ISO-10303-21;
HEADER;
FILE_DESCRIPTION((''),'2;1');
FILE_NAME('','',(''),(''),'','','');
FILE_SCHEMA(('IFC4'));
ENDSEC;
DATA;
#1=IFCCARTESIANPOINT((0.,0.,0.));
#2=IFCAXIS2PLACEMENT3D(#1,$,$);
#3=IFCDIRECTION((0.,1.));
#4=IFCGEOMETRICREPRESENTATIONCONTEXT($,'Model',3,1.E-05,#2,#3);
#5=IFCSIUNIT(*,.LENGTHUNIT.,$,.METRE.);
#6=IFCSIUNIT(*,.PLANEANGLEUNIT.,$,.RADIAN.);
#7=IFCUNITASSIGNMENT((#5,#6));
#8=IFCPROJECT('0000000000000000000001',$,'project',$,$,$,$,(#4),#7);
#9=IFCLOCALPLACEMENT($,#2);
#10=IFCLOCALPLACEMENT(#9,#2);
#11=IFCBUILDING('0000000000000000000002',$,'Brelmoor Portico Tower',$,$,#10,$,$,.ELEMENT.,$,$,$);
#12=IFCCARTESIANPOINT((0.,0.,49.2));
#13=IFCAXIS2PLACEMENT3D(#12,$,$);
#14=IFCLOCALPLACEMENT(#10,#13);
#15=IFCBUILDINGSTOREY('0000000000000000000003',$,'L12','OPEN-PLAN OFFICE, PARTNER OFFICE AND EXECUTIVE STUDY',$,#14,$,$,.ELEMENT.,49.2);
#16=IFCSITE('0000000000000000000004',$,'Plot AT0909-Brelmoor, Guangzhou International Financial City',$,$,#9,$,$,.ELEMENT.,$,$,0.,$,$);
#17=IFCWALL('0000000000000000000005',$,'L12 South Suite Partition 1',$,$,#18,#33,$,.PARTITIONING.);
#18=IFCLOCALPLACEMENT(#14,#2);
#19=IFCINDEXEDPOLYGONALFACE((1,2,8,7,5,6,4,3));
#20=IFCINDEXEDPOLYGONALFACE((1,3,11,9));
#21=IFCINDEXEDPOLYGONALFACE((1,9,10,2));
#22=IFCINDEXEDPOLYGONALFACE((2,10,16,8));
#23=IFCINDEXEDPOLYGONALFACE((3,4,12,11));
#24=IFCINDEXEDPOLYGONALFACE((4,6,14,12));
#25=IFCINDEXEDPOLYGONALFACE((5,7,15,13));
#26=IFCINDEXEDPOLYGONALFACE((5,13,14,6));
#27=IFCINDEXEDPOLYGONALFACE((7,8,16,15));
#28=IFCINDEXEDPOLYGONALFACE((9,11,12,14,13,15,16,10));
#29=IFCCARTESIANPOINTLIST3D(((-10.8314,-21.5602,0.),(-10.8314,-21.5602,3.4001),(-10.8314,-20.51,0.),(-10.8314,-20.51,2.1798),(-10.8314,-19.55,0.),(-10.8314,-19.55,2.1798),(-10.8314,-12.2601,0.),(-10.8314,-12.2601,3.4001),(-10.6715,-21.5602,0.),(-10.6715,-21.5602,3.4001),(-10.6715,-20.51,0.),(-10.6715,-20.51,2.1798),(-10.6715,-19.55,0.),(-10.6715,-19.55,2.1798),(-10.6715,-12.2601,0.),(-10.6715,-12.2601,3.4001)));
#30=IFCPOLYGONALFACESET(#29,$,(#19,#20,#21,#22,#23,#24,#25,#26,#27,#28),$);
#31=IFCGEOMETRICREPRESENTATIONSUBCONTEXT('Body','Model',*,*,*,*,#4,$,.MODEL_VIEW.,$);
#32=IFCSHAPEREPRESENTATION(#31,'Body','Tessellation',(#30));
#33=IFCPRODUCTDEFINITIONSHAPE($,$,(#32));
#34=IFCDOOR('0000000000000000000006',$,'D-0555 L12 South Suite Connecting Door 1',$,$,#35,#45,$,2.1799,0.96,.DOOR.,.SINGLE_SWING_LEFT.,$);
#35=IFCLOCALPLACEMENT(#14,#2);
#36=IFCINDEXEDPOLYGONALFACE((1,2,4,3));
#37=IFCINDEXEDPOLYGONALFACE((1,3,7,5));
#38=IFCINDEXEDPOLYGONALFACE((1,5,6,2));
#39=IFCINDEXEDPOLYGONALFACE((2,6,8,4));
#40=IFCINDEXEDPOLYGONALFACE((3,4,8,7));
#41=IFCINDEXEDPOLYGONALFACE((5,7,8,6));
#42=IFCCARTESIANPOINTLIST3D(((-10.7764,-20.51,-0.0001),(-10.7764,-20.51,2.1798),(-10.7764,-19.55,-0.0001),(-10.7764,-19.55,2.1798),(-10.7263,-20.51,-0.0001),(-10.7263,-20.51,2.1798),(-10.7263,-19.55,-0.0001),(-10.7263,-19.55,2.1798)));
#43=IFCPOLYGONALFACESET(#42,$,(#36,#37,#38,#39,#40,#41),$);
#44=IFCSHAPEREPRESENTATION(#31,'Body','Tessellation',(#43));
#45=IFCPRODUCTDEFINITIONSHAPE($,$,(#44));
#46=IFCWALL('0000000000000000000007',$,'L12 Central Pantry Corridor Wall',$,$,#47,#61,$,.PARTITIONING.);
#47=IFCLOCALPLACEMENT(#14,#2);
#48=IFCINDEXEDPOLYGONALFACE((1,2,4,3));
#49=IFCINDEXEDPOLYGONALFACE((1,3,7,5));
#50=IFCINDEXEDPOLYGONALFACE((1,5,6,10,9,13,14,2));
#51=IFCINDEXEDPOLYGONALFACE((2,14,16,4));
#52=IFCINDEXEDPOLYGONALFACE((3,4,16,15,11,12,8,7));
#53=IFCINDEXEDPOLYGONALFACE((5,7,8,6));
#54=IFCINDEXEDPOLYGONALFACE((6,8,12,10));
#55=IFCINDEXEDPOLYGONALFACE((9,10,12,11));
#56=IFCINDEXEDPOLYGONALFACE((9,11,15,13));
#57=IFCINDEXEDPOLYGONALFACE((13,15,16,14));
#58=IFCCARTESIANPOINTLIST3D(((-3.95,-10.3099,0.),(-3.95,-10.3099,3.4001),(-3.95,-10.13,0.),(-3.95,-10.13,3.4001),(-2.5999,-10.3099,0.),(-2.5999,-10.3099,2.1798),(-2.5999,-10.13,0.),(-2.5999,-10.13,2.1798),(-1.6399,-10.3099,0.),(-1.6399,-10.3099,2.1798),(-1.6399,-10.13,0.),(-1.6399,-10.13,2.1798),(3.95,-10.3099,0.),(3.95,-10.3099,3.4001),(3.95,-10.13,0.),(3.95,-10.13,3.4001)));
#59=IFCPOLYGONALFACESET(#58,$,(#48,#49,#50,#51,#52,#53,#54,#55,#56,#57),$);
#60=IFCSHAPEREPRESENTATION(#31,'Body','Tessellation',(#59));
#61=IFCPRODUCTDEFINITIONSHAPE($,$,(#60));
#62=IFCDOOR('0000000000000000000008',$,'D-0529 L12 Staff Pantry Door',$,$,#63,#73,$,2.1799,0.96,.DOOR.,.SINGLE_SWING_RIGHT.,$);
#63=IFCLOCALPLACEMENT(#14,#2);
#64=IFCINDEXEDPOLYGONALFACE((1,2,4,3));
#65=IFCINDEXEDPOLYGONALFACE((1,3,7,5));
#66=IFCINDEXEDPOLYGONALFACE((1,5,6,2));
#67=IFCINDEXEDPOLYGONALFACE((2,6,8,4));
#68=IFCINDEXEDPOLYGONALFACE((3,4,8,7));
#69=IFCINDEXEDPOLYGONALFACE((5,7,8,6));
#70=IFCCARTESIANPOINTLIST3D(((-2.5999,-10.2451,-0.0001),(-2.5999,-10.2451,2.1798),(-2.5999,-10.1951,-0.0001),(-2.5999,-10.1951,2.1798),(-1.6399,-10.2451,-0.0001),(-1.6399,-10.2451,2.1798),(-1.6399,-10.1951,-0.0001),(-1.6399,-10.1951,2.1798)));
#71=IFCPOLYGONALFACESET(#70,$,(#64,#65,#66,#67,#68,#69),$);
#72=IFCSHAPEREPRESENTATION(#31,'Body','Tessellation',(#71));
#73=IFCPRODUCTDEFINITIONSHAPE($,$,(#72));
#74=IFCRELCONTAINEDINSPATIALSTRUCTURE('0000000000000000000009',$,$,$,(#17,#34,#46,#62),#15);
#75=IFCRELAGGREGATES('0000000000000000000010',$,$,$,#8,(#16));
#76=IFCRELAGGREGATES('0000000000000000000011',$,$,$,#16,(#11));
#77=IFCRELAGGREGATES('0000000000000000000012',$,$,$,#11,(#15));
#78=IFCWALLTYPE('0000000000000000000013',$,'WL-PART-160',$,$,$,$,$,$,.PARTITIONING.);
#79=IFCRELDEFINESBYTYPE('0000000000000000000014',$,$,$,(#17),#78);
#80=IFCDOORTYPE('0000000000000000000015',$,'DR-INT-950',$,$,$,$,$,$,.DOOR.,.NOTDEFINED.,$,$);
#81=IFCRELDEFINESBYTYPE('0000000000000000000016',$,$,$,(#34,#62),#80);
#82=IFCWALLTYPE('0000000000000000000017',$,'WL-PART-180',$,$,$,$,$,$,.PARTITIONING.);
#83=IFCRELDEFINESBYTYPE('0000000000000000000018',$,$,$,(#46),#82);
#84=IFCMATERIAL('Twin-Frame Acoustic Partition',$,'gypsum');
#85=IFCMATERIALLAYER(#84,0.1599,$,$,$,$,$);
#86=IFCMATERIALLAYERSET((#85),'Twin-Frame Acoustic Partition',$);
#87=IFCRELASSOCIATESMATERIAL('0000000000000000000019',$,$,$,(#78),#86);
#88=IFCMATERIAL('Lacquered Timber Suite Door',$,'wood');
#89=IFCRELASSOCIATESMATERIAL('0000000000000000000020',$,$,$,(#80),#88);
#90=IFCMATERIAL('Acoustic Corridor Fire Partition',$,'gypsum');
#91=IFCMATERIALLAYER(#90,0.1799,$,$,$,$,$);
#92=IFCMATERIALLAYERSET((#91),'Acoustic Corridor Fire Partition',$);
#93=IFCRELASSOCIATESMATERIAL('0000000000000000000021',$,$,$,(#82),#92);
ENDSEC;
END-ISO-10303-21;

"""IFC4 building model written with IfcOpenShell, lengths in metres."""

from ifc_helpers import new_model, si_unit, direction, frame, frame_2d, origin, place, context, subcontext, project, spatial, rectangle, extrude, material, layer, layer_set, type_object, element, fill, save


model = new_model("IFC4")

# Units and contexts
model_context = context("Model", 3, precision=1e-05, world=origin(), true_north=direction((0.0, 1.0)))
body_context = subcontext(model_context, "Body", "Model", "MODEL_VIEW")
ifc_project = project(units=[si_unit("LENGTHUNIT", "METRE"), si_unit("PLANEANGLEUNIT", "RADIAN")], contexts=[model_context])

# Site, building, storey
site_placement = place(None, origin())
site = spatial("IfcSite", under=ifc_project, at=site_placement, Name="Plot AT0909-Brelmoor, Guangzhou International Financial City", CompositionType="ELEMENT", RefElevation=0.0)
building_placement = place(site_placement, origin())
building = spatial("IfcBuilding", under=site, at=building_placement, Name="Brelmoor Portico Tower", CompositionType="ELEMENT")
storey_placement = place(building_placement, frame((0.0, 0.0, 49.2)))
storey = spatial("IfcBuildingStorey", under=building, at=storey_placement, Name="L12", Description="OPEN-PLAN OFFICE, PARTNER OFFICE AND EXECUTIVE STUDY", CompositionType="ELEMENT", Elevation=49.2)

# Shared definitions
ifc_material_1 = material(Name="Twin-Frame Acoustic Partition", Category="gypsum")
ifc_layer_1 = layer(ifc_material_1, 0.1599)
ifc_layer_set_1 = layer_set([ifc_layer_1], Name="Twin-Frame Acoustic Partition")
wall_type_1 = type_object("IfcWallType", Name="WL-PART-160", PredefinedType="PARTITIONING", material=ifc_layer_set_1)

# Walls, openings, doors
wall_1_placement = place(storey_placement, frame((-10.7515, -21.5601, 0.0), z_axis=(0.0, 0.0, 1.0), x_axis=(0.0, 1.0, 0.0)))
wall_1 = element("IfcWall", 1, at=wall_1_placement, inside=storey, type_object=wall_type_1, Name="L12 South Suite Partition 1", PredefinedType="PARTITIONING", context=body_context, shape_type="SweptSolid", body=[
    extrude(rectangle(XDim=9.3, YDim=0.1599, at=frame_2d((4.6499, 0.0))), origin(), (0.0, 0.0, 1.0), 3.4001),
])
opening_1_placement = place(wall_1_placement, frame((1.05, 0.0, 0.0)))
opening_1 = element("IfcOpeningElement", 2, at=opening_1_placement, cuts=wall_1, PredefinedType="OPENING", context=body_context, shape_type="SweptSolid", body=[
    extrude(rectangle(XDim=0.96, YDim=2.1799, at=frame_2d((0.48, 1.0898))), frame((0.0, 0.0898, 0.0), z_axis=(0.0, -1.0, 0.0), x_axis=(1.0, 0.0, 0.0)), (0.0, 0.0, 1.0), 0.1799),
])
ifc_material_2 = material(Name="Lacquered Timber Suite Door", Category="wood")
door_type = type_object("IfcDoorType", Name="DR-INT-950", OperationType="NOTDEFINED", PredefinedType="DOOR", material=ifc_material_2)
door_1_placement = place(opening_1_placement, origin())
door_1 = element("IfcDoor", 3, at=door_1_placement, inside=storey, type_object=door_type, Name="D-0555 L12 South Suite Connecting Door 1", OperationType="SINGLE_SWING_LEFT", OverallHeight=2.1799, OverallWidth=0.96, PredefinedType="DOOR", context=body_context, shape_type="SweptSolid", body=[
    extrude(rectangle(XDim=0.96, YDim=2.1799, at=frame_2d((0.48, 1.0898))), frame((0.0, 0.0249, 0.0), z_axis=(0.0, -1.0, 0.0), x_axis=(1.0, 0.0, 0.0)), (0.0, 0.0, 1.0), 0.05),
])
fill(opening_1, door_1)
ifc_material_3 = material(Name="Acoustic Corridor Fire Partition", Category="gypsum")
ifc_layer_2 = layer(ifc_material_3, 0.1799)
ifc_layer_set_2 = layer_set([ifc_layer_2], Name="Acoustic Corridor Fire Partition")
wall_type_2 = type_object("IfcWallType", Name="WL-PART-180", PredefinedType="PARTITIONING", material=ifc_layer_set_2)
wall_2_placement = place(storey_placement, frame((-3.95, -10.22, 0.0), z_axis=(0.0, 0.0, 1.0), x_axis=(1.0, 0.0, 0.0)))
wall_2 = element("IfcWall", 4, at=wall_2_placement, inside=storey, type_object=wall_type_2, Name="L12 Central Pantry Corridor Wall", PredefinedType="PARTITIONING", context=body_context, shape_type="SweptSolid", body=[
    extrude(rectangle(XDim=7.8999, YDim=0.1799, at=frame_2d((3.95, 0.0))), origin(), (0.0, 0.0, 1.0), 3.4001),
])
opening_2_placement = place(wall_2_placement, frame((1.3501, 0.0, 0.0)))
opening_2 = element("IfcOpeningElement", 5, at=opening_2_placement, cuts=wall_2, PredefinedType="OPENING", context=body_context, shape_type="SweptSolid", body=[
    extrude(rectangle(XDim=0.96, YDim=2.1799, at=frame_2d((0.48, 1.0898))), frame((0.0, 0.0999, 0.0), z_axis=(0.0, -1.0, 0.0), x_axis=(1.0, 0.0, 0.0)), (0.0, 0.0, 1.0), 0.2),
])
door_2_placement = place(opening_2_placement, origin())
door_2 = element("IfcDoor", 6, at=door_2_placement, inside=storey, type_object=door_type, Name="D-0529 L12 Staff Pantry Door", OperationType="SINGLE_SWING_RIGHT", OverallHeight=2.1799, OverallWidth=0.96, PredefinedType="DOOR", context=body_context, shape_type="SweptSolid", body=[
    extrude(rectangle(XDim=0.96, YDim=2.1799, at=frame_2d((0.48, 1.0898))), frame((0.0, 0.0249, 0.0), z_axis=(0.0, -1.0, 0.0), x_axis=(1.0, 0.0, 0.0)), (0.0, 0.0, 1.0), 0.05),
])
fill(opening_2, door_2)

save(model, "model.ifc")
